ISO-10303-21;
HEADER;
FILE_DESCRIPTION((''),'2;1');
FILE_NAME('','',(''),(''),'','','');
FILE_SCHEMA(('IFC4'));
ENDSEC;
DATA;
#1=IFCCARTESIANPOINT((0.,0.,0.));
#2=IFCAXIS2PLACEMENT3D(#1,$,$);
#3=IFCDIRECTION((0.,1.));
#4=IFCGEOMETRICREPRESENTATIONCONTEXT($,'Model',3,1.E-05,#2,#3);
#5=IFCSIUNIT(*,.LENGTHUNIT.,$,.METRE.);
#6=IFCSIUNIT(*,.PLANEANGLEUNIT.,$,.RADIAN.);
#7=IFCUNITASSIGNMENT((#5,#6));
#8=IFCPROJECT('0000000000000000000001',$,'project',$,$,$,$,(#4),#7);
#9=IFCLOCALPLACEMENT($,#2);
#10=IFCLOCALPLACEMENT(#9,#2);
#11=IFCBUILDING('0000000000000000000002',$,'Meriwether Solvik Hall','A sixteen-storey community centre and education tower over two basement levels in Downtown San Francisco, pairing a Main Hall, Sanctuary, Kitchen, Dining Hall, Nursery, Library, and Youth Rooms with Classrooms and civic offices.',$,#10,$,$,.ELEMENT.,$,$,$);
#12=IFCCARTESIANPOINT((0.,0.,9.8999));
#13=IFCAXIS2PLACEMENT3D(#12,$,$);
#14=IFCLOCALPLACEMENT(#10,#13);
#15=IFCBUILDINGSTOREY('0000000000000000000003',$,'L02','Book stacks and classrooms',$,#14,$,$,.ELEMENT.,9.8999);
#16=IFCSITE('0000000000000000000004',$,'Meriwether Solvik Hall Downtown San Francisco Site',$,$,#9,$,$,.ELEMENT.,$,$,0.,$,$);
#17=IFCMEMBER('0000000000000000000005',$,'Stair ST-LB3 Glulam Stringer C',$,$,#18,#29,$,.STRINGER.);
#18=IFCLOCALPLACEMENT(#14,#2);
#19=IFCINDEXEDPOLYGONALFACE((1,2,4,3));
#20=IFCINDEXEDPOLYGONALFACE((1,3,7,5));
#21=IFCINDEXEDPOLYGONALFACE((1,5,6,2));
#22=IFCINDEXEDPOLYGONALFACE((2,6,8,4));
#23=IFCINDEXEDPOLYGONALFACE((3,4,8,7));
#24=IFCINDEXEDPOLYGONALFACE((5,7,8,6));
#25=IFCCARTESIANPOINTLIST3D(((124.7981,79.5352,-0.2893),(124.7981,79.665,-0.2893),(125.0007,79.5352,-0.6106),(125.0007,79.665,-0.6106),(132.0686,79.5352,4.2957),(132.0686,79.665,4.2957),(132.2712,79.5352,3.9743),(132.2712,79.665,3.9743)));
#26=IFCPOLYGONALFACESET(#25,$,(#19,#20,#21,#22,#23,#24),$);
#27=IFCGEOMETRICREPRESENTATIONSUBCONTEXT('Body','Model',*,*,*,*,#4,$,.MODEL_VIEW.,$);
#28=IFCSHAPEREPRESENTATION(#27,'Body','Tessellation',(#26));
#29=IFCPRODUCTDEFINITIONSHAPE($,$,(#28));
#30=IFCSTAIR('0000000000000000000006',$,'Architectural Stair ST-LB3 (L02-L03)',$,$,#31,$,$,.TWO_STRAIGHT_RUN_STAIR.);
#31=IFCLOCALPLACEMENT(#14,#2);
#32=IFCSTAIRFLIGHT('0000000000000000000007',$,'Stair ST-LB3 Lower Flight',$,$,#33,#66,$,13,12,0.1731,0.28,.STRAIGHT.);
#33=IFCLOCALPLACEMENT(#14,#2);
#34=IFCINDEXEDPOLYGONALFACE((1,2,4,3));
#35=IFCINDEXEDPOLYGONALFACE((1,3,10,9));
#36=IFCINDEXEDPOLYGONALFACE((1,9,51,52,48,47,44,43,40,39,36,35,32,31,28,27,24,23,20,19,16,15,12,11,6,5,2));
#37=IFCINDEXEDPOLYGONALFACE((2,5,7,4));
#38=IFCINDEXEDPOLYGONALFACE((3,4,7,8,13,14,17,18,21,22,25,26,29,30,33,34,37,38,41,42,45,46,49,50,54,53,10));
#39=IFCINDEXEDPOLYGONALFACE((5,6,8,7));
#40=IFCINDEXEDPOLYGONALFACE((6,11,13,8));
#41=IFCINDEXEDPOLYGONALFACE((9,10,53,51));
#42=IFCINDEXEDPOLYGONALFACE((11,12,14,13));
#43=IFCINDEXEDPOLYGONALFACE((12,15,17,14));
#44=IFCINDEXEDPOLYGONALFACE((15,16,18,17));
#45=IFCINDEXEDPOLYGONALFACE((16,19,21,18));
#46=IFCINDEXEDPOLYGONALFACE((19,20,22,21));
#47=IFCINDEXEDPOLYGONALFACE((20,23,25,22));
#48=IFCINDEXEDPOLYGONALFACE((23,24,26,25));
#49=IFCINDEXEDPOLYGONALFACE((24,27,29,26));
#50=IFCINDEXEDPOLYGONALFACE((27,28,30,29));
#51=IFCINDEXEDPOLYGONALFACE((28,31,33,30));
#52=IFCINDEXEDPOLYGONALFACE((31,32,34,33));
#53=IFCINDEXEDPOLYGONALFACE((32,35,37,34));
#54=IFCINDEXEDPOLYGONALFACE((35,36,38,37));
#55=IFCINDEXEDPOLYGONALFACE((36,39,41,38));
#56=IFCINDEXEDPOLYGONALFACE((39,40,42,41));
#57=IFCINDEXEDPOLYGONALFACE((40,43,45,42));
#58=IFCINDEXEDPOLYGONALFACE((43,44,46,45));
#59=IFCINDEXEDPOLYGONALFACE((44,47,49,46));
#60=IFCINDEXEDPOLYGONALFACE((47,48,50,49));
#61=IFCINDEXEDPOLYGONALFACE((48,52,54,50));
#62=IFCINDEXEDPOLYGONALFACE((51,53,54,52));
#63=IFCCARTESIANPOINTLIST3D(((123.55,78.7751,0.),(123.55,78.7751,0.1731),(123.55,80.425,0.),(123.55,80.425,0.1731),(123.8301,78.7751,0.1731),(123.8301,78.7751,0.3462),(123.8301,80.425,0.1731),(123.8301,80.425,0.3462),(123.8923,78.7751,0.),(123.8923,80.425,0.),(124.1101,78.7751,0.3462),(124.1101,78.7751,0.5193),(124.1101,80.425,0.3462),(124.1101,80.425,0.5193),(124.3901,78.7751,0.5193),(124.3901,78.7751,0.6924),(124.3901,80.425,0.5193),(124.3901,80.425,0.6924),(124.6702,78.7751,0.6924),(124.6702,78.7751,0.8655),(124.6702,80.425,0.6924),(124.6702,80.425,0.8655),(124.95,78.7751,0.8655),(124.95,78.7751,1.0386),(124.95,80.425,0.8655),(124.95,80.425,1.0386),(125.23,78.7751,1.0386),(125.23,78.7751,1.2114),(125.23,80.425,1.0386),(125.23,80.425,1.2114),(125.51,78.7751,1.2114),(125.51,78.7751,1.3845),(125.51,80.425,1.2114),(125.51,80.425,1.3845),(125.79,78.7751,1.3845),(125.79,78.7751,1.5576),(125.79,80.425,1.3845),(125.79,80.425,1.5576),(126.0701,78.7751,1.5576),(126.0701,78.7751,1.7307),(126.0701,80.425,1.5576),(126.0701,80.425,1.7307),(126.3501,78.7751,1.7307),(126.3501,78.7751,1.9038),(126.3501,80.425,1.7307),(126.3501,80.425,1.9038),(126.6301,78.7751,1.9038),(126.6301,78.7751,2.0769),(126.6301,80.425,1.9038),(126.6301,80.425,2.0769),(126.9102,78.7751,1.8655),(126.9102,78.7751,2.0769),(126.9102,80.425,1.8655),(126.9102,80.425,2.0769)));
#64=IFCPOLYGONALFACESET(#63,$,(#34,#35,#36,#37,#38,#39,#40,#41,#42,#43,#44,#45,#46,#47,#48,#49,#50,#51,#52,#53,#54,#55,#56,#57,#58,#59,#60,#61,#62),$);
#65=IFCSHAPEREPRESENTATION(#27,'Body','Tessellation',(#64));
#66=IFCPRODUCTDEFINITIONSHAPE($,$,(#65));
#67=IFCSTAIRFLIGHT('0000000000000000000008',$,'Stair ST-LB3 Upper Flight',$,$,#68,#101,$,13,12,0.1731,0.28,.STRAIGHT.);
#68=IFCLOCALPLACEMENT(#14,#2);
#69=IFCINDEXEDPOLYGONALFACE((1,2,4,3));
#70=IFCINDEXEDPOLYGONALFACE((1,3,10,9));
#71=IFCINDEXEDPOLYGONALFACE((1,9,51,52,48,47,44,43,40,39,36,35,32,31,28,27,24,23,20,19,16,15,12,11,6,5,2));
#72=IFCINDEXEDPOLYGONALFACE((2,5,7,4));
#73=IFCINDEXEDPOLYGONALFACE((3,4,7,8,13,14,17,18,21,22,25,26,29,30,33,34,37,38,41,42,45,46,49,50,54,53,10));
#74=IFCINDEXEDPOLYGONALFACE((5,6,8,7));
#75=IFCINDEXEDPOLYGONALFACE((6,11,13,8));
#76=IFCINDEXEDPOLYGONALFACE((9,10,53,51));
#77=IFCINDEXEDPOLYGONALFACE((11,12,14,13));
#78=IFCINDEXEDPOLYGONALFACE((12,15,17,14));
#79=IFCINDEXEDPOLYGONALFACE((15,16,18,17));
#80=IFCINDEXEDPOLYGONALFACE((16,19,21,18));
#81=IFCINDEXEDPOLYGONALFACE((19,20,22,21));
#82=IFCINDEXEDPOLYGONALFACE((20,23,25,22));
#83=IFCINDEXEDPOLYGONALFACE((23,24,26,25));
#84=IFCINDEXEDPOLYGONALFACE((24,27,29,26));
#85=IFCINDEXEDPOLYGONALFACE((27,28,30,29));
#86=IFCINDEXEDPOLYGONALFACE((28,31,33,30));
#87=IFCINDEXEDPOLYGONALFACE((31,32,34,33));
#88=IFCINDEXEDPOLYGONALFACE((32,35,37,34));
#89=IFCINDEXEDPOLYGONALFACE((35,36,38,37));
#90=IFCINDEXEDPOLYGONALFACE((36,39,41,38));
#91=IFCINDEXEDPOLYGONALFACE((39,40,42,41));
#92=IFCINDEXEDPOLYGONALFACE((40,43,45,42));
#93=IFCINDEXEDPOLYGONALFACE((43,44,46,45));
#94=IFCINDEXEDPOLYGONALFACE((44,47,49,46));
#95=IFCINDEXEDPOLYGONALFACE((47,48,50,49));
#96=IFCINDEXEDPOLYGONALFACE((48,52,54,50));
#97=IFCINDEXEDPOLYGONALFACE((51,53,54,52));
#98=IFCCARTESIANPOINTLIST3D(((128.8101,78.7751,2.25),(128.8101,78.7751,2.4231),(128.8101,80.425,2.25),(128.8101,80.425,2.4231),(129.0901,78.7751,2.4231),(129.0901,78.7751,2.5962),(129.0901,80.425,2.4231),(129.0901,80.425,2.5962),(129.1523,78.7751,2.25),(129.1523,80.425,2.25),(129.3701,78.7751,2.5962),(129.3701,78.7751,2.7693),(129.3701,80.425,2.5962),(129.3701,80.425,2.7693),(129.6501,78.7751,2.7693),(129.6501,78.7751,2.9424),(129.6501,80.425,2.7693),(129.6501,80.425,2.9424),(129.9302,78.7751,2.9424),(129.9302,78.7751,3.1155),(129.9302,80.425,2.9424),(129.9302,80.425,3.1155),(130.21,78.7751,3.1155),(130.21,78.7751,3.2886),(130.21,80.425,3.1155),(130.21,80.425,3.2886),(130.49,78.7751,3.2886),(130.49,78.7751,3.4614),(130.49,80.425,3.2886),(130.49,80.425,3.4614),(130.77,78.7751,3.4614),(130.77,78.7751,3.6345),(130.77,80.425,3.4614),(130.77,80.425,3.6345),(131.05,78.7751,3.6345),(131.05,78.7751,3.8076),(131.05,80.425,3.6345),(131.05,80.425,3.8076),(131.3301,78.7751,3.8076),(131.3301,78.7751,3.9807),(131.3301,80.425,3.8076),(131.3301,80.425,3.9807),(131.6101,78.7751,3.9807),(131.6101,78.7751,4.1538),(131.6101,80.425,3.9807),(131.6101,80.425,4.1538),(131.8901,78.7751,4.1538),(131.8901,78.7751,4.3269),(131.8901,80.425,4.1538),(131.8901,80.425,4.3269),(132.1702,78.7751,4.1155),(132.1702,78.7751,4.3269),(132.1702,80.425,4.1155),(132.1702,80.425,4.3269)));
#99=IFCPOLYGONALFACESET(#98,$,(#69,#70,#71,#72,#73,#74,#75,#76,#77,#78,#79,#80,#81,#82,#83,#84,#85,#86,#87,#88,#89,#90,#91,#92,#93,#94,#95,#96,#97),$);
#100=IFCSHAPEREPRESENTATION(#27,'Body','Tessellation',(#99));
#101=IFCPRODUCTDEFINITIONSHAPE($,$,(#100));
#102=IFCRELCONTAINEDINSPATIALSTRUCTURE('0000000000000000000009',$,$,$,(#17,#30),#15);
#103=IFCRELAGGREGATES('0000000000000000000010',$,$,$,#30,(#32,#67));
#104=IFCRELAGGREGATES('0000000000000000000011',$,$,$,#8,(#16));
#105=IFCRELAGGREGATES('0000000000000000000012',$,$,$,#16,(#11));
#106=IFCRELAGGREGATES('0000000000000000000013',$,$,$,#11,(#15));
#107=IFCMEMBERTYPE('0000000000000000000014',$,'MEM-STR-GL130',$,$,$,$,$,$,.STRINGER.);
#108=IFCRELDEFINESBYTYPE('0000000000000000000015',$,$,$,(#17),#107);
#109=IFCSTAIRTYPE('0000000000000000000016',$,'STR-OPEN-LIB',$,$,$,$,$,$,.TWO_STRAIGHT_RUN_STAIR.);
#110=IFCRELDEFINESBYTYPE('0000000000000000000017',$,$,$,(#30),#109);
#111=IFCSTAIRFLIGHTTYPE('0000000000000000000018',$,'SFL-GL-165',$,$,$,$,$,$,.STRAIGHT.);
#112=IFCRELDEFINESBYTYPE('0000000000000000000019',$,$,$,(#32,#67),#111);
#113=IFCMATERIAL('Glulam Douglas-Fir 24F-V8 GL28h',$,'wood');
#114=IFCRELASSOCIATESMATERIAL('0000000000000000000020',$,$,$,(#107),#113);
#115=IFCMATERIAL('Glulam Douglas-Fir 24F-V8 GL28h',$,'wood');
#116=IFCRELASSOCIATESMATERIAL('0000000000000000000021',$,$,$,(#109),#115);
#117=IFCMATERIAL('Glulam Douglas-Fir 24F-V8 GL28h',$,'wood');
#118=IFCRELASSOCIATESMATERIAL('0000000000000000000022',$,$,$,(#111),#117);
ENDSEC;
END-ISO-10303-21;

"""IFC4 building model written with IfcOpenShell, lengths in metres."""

from ifc_helpers import new_model, si_unit, direction, frame, origin, origin_2d, place, context, subcontext, project, spatial, polyline, rectangle, outline, extrude, material, material_profile, profile_set, type_object, element, aggregate, save


model = new_model("IFC4")

# Units and contexts
model_context = context("Model", 3, precision=1e-05, world=origin(), true_north=direction((0.0, 1.0)))
body_context = subcontext(model_context, "Body", "Model", "MODEL_VIEW")
ifc_project = project(units=[si_unit("LENGTHUNIT", "METRE"), si_unit("PLANEANGLEUNIT", "RADIAN")], contexts=[model_context])

# Site, building, storey
site_placement = place(None, origin())
site = spatial("IfcSite", under=ifc_project, at=site_placement, Name="Meriwether Solvik Hall Downtown San Francisco Site", CompositionType="ELEMENT", RefElevation=0.0)
building_placement = place(site_placement, origin())
building = spatial("IfcBuilding", under=site, at=building_placement, Name="Meriwether Solvik Hall", Description="A sixteen-storey community centre and education tower over two basement levels in Downtown San Francisco, pairing a Main Hall, Sanctuary, Kitchen, Dining Hall, Nursery, Library, and Youth Rooms with Classrooms and civic offices.", CompositionType="ELEMENT")
storey_placement = place(building_placement, frame((0.0, 0.0, 9.8999)))
storey = spatial("IfcBuildingStorey", under=building, at=storey_placement, Name="L02", Description="Book stacks and classrooms", CompositionType="ELEMENT", Elevation=9.8999)

# Member
ifc_material_1 = material(Name="Glulam Douglas-Fir 24F-V8 GL28h", Category="wood")
ifc_material_profile_1 = material_profile(ifc_material_1, rectangle(XDim=0.1299, YDim=0.3799, at=origin_2d()), Name="GLM-130X380")
ifc_profile_set_1 = profile_set([ifc_material_profile_1], Name="Glulam Douglas-Fir 24F-V8 GL28h")
member_type = type_object("IfcMemberType", Name="MEM-STR-GL130", PredefinedType="STRINGER", material=ifc_profile_set_1)
member_1_placement = place(storey_placement, frame((124.8994, 79.6001, -0.45), z_axis=(0.845853, 0.0, 0.533416), x_axis=(0.0, 1.0, 0.0)))
element("IfcMember", 1, at=member_1_placement, inside=storey, type_object=member_type, Name="Stair ST-LB3 Glulam Stringer C", PredefinedType="STRINGER", context=body_context, shape_type="SweptSolid", body=[
    extrude(rectangle(XDim=0.1299, YDim=0.3799, at=origin_2d()), origin(), (0.0, 0.0, 1.0), 8.5955),
])

# Stair, stair flights
ifc_material_2 = material(Name="Glulam Douglas-Fir 24F-V8 GL28h", Category="wood")
stair_type = type_object("IfcStairType", Name="STR-OPEN-LIB", PredefinedType="TWO_STRAIGHT_RUN_STAIR", material=ifc_material_2)
stair_placement = place(storey_placement, origin())
stair = element("IfcStair", 2, at=stair_placement, inside=storey, type_object=stair_type, Name="Architectural Stair ST-LB3 (L02-L03)", PredefinedType="TWO_STRAIGHT_RUN_STAIR")
ifc_material_3 = material(Name="Glulam Douglas-Fir 24F-V8 GL28h", Category="wood")
stair_flight_type = type_object("IfcStairFlightType", Name="SFL-GL-165", PredefinedType="STRAIGHT", material=ifc_material_3)
stair_flight_1_placement = place(storey_placement, frame((123.55, 79.6001, 0.0), z_axis=(0.0, 0.0, 1.0), x_axis=(1.0, 0.0, 0.0)))
stair_flight_1 = element("IfcStairFlight", 3, at=stair_flight_1_placement, type_object=stair_flight_type, Name="Stair ST-LB3 Lower Flight", NumberOfRisers=13, NumberOfTreads=12, PredefinedType="STRAIGHT", RiserHeight=0.1731, TreadLength=0.28, context=body_context, shape_type="SweptSolid", body=[
    extrude(outline(polyline([(0.0, 0.0), (0.0, 0.1731), (0.28, 0.1731), (0.28, 0.3462), (0.5601, 0.3462), (0.5601, 0.5193), (0.8401, 0.5193), (0.8401, 0.6924), (1.1201, 0.6924), (1.1201, 0.8655), (1.3999, 0.8655), (1.3999, 1.0386), (1.6799, 1.0386), (1.6799, 1.2114), (1.96, 1.2114), (1.96, 1.3845), (2.24, 1.3845), (2.24, 1.5576), (2.52, 1.5576), (2.52, 1.7307), (2.8, 1.7307), (2.8, 1.9038), (3.0801, 1.9038), (3.0801, 2.0769), (3.3601, 2.0769), (3.3601, 2.25), (3.3601, 1.8655), (0.3423, 0.0), (0.0, 0.0)])), frame((0.0, 0.825, 0.0), z_axis=(0.0, -1.0, 0.0), x_axis=(1.0, 0.0, 0.0)), (0.0, 0.0, 1.0), 1.6499),
])
stair_flight_2_placement = place(storey_placement, frame((128.8101, 79.6001, 2.25), z_axis=(0.0, 0.0, 1.0), x_axis=(1.0, 0.0, 0.0)))
stair_flight_2 = element("IfcStairFlight", 4, at=stair_flight_2_placement, type_object=stair_flight_type, Name="Stair ST-LB3 Upper Flight", NumberOfRisers=13, NumberOfTreads=12, PredefinedType="STRAIGHT", RiserHeight=0.1731, TreadLength=0.28, context=body_context, shape_type="SweptSolid", body=[
    extrude(outline(polyline([(0.0, 0.0), (0.0, 0.1731), (0.28, 0.1731), (0.28, 0.3462), (0.5601, 0.3462), (0.5601, 0.5193), (0.8401, 0.5193), (0.8401, 0.6924), (1.1201, 0.6924), (1.1201, 0.8655), (1.3999, 0.8655), (1.3999, 1.0386), (1.6799, 1.0386), (1.6799, 1.2114), (1.96, 1.2114), (1.96, 1.3845), (2.24, 1.3845), (2.24, 1.5576), (2.52, 1.5576), (2.52, 1.7307), (2.8, 1.7307), (2.8, 1.9038), (3.0801, 1.9038), (3.0801, 2.0769), (3.3601, 2.0769), (3.3601, 2.25), (3.3601, 1.8655), (0.3423, 0.0), (0.0, 0.0)])), frame((0.0, 0.825, 0.0), z_axis=(0.0, -1.0, 0.0), x_axis=(1.0, 0.0, 0.0)), (0.0, 0.0, 1.0), 1.6499),
])
aggregate(stair, [stair_flight_1, stair_flight_2])

save(model, "model.ifc")
